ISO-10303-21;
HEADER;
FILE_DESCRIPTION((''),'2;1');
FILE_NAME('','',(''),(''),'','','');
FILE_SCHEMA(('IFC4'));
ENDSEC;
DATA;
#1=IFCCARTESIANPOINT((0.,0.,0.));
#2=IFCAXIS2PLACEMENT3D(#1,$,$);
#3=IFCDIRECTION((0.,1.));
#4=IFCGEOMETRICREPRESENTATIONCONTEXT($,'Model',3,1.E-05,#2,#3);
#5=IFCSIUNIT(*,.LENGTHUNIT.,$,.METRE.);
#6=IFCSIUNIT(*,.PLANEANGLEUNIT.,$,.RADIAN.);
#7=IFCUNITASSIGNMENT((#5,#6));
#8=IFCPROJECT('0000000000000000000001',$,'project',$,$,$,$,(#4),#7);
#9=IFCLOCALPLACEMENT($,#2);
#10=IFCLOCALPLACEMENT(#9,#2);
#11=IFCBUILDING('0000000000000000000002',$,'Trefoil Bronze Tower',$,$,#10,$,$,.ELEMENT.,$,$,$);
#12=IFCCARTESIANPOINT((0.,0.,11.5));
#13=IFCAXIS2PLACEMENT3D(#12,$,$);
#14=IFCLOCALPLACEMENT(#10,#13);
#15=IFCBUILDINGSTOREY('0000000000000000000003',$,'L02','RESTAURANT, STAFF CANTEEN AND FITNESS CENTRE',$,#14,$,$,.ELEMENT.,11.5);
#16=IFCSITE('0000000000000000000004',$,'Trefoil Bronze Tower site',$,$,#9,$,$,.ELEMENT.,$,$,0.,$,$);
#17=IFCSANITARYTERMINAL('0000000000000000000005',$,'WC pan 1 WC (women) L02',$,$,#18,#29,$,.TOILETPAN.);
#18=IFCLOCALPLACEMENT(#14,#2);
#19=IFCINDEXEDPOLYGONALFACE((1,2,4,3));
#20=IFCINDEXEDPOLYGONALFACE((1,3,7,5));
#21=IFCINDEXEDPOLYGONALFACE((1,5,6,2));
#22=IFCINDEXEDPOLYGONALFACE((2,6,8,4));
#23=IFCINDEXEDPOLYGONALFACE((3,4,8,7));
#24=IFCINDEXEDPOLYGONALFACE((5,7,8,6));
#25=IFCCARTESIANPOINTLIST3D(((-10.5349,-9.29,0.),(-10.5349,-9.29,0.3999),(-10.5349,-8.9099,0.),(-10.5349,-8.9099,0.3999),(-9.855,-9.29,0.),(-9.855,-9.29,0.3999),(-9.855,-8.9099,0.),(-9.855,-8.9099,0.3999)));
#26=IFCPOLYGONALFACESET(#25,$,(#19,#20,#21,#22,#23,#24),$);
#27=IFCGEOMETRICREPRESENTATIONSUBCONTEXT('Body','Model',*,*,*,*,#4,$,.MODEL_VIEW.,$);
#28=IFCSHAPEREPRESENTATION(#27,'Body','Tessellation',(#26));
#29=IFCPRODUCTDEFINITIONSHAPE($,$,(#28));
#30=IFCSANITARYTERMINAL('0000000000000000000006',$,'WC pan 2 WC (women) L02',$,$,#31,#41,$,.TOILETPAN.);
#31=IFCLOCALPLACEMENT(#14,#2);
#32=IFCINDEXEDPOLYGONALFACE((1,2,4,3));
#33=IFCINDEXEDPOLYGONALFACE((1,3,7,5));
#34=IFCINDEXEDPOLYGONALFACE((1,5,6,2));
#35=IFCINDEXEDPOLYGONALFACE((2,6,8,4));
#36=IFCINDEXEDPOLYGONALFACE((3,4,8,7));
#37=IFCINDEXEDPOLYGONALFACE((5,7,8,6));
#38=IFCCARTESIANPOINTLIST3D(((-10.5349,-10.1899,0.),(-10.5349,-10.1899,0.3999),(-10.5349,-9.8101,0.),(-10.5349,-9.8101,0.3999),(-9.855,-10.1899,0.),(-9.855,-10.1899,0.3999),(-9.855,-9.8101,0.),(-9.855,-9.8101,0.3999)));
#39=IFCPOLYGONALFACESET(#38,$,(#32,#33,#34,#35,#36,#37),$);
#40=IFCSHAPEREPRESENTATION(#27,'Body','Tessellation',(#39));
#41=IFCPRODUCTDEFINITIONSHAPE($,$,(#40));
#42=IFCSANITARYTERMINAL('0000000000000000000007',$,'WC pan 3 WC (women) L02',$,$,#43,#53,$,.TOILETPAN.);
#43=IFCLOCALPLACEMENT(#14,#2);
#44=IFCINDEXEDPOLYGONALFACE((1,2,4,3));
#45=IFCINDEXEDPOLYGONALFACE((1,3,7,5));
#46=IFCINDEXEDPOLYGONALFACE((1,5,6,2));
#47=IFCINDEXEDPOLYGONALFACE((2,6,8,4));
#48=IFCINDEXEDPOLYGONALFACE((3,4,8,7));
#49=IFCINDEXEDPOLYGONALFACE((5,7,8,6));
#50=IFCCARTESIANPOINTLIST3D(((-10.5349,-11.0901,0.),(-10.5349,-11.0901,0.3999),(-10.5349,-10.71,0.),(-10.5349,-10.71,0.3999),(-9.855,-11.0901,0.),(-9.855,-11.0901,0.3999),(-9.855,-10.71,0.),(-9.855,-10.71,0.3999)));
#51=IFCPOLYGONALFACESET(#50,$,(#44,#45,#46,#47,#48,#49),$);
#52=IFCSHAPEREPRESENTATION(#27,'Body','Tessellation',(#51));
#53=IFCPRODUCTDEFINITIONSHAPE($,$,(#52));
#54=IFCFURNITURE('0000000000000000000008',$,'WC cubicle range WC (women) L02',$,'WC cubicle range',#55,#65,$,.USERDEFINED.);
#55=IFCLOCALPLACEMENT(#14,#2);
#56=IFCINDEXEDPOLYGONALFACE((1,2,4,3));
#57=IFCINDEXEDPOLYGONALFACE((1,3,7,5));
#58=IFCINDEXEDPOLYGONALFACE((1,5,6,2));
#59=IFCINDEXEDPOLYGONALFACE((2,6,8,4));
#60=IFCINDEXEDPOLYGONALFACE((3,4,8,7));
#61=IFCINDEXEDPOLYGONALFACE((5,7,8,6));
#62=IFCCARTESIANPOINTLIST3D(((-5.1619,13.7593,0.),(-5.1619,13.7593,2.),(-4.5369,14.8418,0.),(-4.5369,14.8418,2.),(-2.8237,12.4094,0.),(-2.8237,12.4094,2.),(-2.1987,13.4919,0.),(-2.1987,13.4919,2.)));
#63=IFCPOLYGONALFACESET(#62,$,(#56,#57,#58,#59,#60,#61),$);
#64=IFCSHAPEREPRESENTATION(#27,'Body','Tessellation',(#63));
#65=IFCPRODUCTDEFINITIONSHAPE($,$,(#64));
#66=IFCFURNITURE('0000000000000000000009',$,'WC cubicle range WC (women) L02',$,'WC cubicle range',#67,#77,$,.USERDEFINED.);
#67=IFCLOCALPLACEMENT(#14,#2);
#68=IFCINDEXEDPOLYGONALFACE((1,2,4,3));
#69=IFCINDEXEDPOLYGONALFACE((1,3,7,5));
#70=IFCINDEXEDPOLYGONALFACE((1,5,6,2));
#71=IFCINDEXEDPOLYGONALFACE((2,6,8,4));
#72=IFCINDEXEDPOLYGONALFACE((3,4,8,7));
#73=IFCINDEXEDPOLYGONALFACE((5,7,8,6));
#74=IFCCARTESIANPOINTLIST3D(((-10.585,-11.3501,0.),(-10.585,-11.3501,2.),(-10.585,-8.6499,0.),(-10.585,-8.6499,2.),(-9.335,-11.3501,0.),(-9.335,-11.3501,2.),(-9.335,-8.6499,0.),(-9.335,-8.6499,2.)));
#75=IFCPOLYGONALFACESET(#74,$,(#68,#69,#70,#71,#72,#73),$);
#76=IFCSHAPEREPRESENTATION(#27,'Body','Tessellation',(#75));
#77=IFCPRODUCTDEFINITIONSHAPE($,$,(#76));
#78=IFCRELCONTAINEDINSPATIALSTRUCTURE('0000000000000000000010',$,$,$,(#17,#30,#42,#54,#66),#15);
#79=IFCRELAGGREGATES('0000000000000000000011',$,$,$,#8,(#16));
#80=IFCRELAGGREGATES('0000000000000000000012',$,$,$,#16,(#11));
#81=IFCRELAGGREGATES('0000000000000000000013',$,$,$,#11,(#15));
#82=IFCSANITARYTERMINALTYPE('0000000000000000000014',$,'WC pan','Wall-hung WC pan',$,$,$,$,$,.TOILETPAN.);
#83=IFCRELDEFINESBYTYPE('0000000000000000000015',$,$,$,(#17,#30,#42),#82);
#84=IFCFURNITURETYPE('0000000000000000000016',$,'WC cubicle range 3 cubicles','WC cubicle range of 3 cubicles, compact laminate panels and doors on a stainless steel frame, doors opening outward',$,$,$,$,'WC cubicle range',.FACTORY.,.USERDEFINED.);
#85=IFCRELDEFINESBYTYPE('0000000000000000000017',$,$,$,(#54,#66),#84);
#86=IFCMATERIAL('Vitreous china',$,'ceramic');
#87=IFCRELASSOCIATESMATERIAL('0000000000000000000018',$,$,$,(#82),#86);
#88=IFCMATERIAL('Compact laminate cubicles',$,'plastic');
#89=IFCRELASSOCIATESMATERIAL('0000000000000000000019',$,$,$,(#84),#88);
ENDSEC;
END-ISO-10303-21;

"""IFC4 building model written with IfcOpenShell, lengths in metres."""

from ifc_helpers import new_model, si_unit, direction, frame, origin, place, context, subcontext, project, spatial, polyline, outline, extrude, material, type_object, element, save


model = new_model("IFC4")

# Units and contexts
model_context = context("Model", 3, precision=1e-05, world=origin(), true_north=direction((0.0, 1.0)))
body_context = subcontext(model_context, "Body", "Model", "MODEL_VIEW")
ifc_project = project(units=[si_unit("LENGTHUNIT", "METRE"), si_unit("PLANEANGLEUNIT", "RADIAN")], contexts=[model_context])

# Site, building, storey
site_placement = place(None, origin())
site = spatial("IfcSite", under=ifc_project, at=site_placement, Name="Trefoil Bronze Tower site", CompositionType="ELEMENT", RefElevation=0.0)
building_placement = place(site_placement, origin())
building = spatial("IfcBuilding", under=site, at=building_placement, Name="Trefoil Bronze Tower", CompositionType="ELEMENT")
storey_placement = place(building_placement, frame((0.0, 0.0, 11.5)))
storey = spatial("IfcBuildingStorey", under=building, at=storey_placement, Name="L02", Description="RESTAURANT, STAFF CANTEEN AND FITNESS CENTRE", CompositionType="ELEMENT", Elevation=11.5)

# Sanitary terminals
ifc_material_1 = material(Name="Vitreous china", Category="ceramic")
sanitary_terminal_type_1 = type_object("IfcSanitaryTerminalType", Name="WC pan", Description="Wall-hung WC pan", PredefinedType="TOILETPAN", material=ifc_material_1)
sanitary_terminal_1_placement = place(storey_placement, origin())
element("IfcSanitaryTerminal", 1, at=sanitary_terminal_1_placement, inside=storey, type_object=sanitary_terminal_type_1, Name="WC pan 1 WC (women) L02", PredefinedType="TOILETPAN", context=body_context, shape_type="SweptSolid", body=[
    extrude(outline(polyline([(-9.855, -8.9099), (-10.5349, -8.9099), (-10.5349, -9.29), (-9.855, -9.29), (-9.855, -8.9099)])), origin(), (0.0, 0.0, 1.0), 0.3999),
])
sanitary_terminal_2_placement = place(storey_placement, origin())
element("IfcSanitaryTerminal", 2, at=sanitary_terminal_2_placement, inside=storey, type_object=sanitary_terminal_type_1, Name="WC pan 2 WC (women) L02", PredefinedType="TOILETPAN", context=body_context, shape_type="SweptSolid", body=[
    extrude(outline(polyline([(-9.855, -9.8101), (-10.5349, -9.8101), (-10.5349, -10.1899), (-9.855, -10.1899), (-9.855, -9.8101)])), origin(), (0.0, 0.0, 1.0), 0.3999),
])
sanitary_terminal_3_placement = place(storey_placement, origin())
element("IfcSanitaryTerminal", 3, at=sanitary_terminal_3_placement, inside=storey, type_object=sanitary_terminal_type_1, Name="WC pan 3 WC (women) L02", PredefinedType="TOILETPAN", context=body_context, shape_type="SweptSolid", body=[
    extrude(outline(polyline([(-9.855, -10.71), (-10.5349, -10.71), (-10.5349, -11.0901), (-9.855, -11.0901), (-9.855, -10.71)])), origin(), (0.0, 0.0, 1.0), 0.3999),
])

# Furniture
ifc_material_2 = material(Name="Compact laminate cubicles", Category="plastic")
furniture_type = type_object("IfcFurnitureType", Name="WC cubicle range 3 cubicles", Description="WC cubicle range of 3 cubicles, compact laminate panels and doors on a stainless steel frame, doors opening outward", ElementType="WC cubicle range", AssemblyPlace="FACTORY", PredefinedType="USERDEFINED", material=ifc_material_2)
furniture_1_placement = place(storey_placement, origin())
element("IfcFurniture", 4, at=furniture_1_placement, inside=storey, type_object=furniture_type, Name="WC cubicle range WC (women) L02", ObjectType="WC cubicle range", PredefinedType="USERDEFINED", context=body_context, shape_type="SweptSolid", body=[
    extrude(outline(polyline([(-2.8237, 12.4094), (-2.1987, 13.4919), (-4.5369, 14.8418), (-5.1619, 13.7593), (-2.8237, 12.4094)])), origin(), (0.0, 0.0, 1.0), 2.0),
])
furniture_2_placement = place(storey_placement, origin())
element("IfcFurniture", 5, at=furniture_2_placement, inside=storey, type_object=furniture_type, Name="WC cubicle range WC (women) L02", ObjectType="WC cubicle range", PredefinedType="USERDEFINED", context=body_context, shape_type="SweptSolid", body=[
    extrude(outline(polyline([(-9.335, -8.6499), (-10.585, -8.6499), (-10.585, -11.3501), (-9.335, -11.3501), (-9.335, -8.6499)])), origin(), (0.0, 0.0, 1.0), 2.0),
])

save(model, "model.ifc")
